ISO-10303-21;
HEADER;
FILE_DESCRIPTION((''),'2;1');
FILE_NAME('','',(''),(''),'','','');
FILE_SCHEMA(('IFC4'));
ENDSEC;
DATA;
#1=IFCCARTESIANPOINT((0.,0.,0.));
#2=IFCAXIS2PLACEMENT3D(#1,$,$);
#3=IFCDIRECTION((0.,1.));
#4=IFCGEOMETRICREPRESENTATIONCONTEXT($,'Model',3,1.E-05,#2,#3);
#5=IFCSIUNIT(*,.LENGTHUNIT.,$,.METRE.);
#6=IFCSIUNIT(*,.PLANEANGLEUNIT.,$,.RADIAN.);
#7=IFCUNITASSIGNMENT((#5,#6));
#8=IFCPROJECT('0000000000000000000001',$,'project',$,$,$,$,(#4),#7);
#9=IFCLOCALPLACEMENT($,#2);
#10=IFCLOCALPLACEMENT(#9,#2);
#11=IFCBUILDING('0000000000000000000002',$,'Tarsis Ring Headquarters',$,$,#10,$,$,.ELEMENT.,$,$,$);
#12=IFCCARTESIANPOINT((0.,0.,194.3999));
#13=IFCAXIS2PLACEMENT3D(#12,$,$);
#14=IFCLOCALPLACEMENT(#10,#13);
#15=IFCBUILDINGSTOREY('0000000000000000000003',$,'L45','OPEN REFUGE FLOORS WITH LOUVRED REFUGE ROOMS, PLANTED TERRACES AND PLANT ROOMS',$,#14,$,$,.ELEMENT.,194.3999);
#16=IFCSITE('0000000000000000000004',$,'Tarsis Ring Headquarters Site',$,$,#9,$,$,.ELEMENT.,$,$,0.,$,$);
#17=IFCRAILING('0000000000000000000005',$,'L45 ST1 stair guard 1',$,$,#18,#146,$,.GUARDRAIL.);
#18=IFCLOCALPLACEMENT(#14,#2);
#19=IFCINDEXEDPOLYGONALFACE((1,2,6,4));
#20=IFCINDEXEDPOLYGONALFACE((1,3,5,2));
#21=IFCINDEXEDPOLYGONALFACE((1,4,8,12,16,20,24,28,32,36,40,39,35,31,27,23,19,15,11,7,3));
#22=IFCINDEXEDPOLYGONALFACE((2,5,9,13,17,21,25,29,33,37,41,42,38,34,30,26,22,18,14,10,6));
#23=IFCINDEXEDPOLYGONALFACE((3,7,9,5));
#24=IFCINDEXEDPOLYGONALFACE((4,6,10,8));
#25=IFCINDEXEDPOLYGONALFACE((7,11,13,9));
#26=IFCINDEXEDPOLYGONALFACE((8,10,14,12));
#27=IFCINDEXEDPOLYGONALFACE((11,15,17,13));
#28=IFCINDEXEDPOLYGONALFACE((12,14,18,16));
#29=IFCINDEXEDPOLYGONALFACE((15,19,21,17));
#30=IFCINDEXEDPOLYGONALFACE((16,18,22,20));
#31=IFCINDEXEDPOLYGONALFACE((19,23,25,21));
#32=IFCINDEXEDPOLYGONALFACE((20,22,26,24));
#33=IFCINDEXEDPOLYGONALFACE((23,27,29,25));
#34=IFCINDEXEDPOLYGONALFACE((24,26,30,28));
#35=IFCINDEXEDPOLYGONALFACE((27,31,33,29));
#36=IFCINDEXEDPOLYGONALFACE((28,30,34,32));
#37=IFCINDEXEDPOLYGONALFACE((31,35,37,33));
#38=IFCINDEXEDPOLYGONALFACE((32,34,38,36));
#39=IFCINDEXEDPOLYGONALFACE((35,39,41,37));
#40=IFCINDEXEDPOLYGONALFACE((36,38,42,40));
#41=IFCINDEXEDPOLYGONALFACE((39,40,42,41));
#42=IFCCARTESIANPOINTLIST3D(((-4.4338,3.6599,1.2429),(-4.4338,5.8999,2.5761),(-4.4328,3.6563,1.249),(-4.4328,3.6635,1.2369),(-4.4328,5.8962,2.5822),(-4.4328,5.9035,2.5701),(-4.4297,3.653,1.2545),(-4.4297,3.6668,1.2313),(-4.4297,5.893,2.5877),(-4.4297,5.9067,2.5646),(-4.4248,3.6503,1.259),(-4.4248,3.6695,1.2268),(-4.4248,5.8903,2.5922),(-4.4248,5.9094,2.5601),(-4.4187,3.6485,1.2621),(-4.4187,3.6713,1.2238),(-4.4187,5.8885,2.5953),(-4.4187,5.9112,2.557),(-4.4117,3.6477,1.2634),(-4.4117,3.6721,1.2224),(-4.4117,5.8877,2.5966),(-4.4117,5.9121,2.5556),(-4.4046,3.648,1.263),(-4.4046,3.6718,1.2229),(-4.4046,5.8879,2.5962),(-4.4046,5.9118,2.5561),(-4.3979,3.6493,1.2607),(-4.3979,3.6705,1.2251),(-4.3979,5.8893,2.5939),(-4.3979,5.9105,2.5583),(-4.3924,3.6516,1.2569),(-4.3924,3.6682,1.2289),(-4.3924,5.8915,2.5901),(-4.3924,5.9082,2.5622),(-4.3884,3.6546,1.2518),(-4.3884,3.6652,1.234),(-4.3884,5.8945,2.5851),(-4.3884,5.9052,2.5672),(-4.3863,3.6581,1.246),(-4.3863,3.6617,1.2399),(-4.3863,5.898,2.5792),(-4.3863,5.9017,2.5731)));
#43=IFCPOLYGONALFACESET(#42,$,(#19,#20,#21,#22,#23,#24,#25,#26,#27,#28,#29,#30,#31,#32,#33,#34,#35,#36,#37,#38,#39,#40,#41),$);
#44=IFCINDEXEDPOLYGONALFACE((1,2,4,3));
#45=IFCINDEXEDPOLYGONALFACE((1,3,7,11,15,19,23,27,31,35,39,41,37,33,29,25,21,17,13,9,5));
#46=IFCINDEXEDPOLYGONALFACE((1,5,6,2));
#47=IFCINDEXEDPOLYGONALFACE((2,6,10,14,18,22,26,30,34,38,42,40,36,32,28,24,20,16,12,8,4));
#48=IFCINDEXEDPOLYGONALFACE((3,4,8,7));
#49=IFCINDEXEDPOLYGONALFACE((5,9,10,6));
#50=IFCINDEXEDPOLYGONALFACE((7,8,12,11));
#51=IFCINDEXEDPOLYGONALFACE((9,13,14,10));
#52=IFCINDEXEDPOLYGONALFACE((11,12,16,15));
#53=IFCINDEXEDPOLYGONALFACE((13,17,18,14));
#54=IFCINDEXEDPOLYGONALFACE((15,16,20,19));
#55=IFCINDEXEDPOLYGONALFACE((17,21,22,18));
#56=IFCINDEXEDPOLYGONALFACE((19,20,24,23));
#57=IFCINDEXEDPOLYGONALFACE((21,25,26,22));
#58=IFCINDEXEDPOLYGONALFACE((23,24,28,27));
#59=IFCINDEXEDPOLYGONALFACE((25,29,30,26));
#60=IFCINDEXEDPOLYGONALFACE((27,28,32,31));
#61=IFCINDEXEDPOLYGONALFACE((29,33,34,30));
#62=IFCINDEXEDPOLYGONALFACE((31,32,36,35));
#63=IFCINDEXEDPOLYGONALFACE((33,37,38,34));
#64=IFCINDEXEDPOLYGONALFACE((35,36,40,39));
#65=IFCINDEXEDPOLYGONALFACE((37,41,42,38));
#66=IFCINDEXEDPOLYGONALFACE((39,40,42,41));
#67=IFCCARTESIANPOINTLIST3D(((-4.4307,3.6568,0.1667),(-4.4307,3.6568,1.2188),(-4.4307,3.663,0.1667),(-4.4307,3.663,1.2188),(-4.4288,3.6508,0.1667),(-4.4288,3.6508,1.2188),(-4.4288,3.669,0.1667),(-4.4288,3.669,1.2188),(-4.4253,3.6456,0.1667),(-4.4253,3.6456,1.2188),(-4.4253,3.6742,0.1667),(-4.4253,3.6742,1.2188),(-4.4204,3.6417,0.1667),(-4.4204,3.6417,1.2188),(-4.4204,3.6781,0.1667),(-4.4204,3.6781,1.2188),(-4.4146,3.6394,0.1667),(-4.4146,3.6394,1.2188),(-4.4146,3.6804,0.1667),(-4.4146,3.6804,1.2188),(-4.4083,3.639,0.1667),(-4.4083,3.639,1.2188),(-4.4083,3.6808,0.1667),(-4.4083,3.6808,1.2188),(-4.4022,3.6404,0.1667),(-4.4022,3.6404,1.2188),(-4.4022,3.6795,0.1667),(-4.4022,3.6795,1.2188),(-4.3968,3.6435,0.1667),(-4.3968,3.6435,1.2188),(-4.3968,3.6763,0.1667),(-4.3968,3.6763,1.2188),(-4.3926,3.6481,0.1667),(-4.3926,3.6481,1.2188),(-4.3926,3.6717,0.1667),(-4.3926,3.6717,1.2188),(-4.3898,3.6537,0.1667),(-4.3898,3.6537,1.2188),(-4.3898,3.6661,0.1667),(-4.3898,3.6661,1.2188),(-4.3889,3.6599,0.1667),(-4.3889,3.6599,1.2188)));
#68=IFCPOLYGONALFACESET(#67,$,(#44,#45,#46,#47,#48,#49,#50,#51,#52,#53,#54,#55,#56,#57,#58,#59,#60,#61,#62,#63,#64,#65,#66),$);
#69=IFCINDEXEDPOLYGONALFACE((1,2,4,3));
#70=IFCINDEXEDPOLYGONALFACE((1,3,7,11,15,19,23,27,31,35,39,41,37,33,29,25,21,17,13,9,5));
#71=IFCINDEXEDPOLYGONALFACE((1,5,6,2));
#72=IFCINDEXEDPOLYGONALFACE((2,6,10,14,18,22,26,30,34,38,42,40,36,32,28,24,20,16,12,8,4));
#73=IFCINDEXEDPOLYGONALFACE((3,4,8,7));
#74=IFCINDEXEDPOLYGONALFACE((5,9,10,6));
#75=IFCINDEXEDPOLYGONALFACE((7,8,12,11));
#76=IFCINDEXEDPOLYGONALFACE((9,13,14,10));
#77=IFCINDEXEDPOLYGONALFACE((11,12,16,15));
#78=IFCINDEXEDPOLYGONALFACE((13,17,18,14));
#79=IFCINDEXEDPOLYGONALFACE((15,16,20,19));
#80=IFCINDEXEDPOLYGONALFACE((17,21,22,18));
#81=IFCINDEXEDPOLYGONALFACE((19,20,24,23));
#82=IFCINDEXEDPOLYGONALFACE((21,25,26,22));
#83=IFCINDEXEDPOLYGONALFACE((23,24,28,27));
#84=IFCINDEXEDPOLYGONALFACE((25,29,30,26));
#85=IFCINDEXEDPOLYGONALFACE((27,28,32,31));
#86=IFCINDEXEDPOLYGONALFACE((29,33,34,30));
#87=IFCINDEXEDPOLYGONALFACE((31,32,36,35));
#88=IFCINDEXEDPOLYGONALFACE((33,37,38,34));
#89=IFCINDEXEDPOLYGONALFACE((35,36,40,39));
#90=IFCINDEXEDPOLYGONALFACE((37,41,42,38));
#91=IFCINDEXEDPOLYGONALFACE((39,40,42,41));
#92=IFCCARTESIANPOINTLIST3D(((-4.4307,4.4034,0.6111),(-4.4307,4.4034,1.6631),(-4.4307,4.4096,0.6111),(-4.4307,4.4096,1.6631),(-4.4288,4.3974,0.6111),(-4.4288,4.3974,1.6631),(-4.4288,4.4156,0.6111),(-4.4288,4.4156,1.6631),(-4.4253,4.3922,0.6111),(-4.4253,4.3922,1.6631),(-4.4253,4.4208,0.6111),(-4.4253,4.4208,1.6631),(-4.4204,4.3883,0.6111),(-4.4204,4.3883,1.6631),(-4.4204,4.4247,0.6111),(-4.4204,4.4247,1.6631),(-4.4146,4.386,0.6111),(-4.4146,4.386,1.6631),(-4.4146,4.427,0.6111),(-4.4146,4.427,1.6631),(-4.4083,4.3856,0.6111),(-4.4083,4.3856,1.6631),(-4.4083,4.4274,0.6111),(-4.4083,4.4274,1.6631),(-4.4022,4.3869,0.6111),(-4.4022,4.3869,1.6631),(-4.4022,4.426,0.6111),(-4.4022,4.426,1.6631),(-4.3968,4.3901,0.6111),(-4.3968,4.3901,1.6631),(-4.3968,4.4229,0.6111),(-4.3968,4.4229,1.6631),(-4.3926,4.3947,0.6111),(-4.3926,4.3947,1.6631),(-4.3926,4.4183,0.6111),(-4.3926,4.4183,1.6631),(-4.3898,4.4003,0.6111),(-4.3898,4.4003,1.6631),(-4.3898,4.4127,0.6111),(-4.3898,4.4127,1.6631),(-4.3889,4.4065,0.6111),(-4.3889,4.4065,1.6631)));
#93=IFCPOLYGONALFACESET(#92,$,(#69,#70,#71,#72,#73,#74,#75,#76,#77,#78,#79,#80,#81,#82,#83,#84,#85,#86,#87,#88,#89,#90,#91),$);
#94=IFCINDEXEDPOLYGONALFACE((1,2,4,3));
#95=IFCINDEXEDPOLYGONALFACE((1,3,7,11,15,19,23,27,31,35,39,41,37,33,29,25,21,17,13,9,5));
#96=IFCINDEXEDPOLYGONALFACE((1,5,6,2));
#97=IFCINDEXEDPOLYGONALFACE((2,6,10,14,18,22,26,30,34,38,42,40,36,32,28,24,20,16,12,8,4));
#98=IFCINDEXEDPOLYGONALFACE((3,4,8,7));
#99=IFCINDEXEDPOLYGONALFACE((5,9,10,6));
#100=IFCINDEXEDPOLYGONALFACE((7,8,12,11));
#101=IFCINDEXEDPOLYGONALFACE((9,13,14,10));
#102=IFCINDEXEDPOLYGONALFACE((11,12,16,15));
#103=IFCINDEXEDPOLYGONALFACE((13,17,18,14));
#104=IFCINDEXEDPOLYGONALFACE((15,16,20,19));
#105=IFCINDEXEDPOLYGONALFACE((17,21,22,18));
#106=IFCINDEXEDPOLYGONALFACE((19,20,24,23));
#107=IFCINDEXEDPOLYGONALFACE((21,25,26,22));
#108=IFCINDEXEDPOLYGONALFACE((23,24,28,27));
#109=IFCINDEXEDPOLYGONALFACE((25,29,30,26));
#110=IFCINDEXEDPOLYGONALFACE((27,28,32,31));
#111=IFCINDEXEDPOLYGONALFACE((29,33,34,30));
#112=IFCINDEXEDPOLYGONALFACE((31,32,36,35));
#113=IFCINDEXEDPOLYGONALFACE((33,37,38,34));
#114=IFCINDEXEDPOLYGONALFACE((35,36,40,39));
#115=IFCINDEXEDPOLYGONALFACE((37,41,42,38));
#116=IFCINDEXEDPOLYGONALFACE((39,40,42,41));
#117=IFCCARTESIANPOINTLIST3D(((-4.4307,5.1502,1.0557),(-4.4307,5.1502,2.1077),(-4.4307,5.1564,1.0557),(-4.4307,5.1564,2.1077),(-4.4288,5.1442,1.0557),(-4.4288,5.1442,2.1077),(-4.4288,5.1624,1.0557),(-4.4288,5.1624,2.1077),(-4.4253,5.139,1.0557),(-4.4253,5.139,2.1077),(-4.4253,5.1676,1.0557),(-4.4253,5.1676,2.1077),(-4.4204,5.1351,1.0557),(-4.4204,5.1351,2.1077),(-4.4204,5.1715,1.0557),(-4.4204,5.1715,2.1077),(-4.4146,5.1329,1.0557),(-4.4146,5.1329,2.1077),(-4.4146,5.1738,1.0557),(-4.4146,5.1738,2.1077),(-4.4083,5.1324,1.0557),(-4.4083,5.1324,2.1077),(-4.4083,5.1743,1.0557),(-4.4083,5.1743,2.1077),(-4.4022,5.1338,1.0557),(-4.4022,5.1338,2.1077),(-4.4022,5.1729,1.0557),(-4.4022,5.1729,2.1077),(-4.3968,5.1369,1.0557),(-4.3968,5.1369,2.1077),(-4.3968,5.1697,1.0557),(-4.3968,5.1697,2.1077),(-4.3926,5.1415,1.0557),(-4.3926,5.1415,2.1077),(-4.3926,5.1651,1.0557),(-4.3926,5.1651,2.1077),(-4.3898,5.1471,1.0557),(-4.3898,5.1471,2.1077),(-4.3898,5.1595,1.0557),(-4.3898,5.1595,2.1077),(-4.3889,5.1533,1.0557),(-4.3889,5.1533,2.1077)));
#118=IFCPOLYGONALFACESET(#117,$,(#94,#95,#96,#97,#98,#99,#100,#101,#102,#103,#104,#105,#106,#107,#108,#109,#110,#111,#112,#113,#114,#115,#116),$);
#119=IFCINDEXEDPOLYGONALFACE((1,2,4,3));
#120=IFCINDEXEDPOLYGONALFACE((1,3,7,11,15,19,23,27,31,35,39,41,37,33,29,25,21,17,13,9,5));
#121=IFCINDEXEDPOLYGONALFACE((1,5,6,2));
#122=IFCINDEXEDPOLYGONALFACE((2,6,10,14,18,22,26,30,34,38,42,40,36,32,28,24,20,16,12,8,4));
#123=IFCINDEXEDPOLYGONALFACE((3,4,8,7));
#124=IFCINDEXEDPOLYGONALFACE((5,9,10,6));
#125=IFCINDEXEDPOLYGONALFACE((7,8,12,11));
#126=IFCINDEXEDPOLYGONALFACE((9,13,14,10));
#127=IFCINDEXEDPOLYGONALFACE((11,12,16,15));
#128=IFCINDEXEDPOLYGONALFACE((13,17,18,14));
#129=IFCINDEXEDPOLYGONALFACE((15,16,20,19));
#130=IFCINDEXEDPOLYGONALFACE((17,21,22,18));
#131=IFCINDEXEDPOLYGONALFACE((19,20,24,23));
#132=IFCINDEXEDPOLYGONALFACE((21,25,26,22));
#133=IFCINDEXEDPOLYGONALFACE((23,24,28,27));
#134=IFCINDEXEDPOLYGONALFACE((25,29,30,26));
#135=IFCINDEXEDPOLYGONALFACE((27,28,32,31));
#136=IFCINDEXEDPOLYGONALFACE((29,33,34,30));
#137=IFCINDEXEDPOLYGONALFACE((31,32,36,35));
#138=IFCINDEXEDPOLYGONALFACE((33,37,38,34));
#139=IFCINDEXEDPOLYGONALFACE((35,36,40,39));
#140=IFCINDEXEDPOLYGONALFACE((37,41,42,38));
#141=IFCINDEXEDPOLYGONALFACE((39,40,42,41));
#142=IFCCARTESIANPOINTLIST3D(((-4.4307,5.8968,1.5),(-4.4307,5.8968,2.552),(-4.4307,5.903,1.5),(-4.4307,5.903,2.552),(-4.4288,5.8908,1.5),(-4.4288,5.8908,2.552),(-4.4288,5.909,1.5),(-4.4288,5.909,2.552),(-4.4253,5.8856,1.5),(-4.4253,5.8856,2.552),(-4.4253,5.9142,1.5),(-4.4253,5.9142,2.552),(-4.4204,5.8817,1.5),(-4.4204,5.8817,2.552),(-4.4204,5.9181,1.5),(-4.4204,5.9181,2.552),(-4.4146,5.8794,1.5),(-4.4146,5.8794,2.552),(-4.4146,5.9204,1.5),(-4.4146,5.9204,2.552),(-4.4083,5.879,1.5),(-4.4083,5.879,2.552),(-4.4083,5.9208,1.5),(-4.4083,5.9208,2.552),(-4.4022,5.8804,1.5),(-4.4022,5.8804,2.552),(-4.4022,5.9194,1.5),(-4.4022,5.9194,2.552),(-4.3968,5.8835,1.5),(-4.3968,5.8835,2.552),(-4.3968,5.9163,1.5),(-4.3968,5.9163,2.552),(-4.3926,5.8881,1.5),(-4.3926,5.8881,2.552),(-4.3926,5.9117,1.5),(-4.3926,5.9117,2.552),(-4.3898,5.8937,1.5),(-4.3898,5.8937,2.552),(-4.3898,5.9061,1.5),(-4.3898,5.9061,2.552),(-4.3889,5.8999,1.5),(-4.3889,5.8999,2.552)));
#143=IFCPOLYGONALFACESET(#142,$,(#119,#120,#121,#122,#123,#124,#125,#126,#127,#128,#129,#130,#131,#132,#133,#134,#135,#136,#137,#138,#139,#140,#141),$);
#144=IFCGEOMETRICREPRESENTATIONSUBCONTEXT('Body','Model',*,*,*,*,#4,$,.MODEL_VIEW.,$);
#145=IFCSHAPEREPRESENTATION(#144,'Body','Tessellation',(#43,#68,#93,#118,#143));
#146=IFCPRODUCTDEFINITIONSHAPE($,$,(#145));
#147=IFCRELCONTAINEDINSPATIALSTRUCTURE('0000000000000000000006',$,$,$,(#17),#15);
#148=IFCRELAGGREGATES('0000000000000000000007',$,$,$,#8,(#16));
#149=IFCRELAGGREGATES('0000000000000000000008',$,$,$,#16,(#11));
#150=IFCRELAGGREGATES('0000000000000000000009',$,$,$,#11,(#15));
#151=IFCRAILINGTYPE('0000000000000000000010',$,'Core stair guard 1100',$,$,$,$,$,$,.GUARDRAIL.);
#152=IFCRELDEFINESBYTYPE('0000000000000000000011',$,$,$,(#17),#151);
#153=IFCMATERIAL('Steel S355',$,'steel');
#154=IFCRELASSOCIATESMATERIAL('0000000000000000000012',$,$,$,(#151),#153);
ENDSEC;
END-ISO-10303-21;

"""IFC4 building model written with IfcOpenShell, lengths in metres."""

from ifc_helpers import new_model, si_unit, direction, frame, origin, origin_2d, place, context, subcontext, project, spatial, circle, extrude, material, type_object, element, save


model = new_model("IFC4")

# Units and contexts
model_context = context("Model", 3, precision=1e-05, world=origin(), true_north=direction((0.0, 1.0)))
body_context = subcontext(model_context, "Body", "Model", "MODEL_VIEW")
ifc_project = project(units=[si_unit("LENGTHUNIT", "METRE"), si_unit("PLANEANGLEUNIT", "RADIAN")], contexts=[model_context])

# Site, building, storey
site_placement = place(None, origin())
site = spatial("IfcSite", under=ifc_project, at=site_placement, Name="Tarsis Ring Headquarters Site", CompositionType="ELEMENT", RefElevation=0.0)
building_placement = place(site_placement, origin())
building = spatial("IfcBuilding", under=site, at=building_placement, Name="Tarsis Ring Headquarters", CompositionType="ELEMENT")
storey_placement = place(building_placement, frame((0.0, 0.0, 194.3999)))
storey = spatial("IfcBuildingStorey", under=building, at=storey_placement, Name="L45", Description="OPEN REFUGE FLOORS WITH LOUVRED REFUGE ROOMS, PLANTED TERRACES AND PLANT ROOMS", CompositionType="ELEMENT", Elevation=194.3999)

# Shared definitions
ifc_material_1 = material(Name="Steel S355", Category="steel")

# Railing
railing_type_1 = type_object("IfcRailingType", Name="Core stair guard 1100", PredefinedType="GUARDRAIL", material=ifc_material_1)
railing_1_placement = place(storey_placement, frame((-4.4099, 3.6599, 0.1667)))
element("IfcRailing", 1, at=railing_1_placement, inside=storey, type_object=railing_type_1, Name="L45 ST1 stair guard 1", PredefinedType="GUARDRAIL", context=body_context, shape_type="SweptSolid", body=[
    extrude(circle(Radius=0.0239, at=origin_2d()), frame((0.0, 0.0, 1.0762), z_axis=(0.0, 0.859306, 0.511462), x_axis=(-1.0, 0.0, 0.0)), (0.0, 0.0, 1.0), 2.6067),
    extrude(circle(Radius=0.021, at=origin_2d()), origin(), (0.0, 0.0, 1.0), 1.052),
    extrude(circle(Radius=0.021, at=origin_2d()), frame((0.0, 0.7466, 0.4443)), (0.0, 0.0, 1.0), 1.052),
    extrude(circle(Radius=0.021, at=origin_2d()), frame((0.0, 1.4934, 0.8889)), (0.0, 0.0, 1.0), 1.052),
    extrude(circle(Radius=0.021, at=origin_2d()), frame((0.0, 2.24, 1.3333)), (0.0, 0.0, 1.0), 1.052),
])

save(model, "model.ifc")
